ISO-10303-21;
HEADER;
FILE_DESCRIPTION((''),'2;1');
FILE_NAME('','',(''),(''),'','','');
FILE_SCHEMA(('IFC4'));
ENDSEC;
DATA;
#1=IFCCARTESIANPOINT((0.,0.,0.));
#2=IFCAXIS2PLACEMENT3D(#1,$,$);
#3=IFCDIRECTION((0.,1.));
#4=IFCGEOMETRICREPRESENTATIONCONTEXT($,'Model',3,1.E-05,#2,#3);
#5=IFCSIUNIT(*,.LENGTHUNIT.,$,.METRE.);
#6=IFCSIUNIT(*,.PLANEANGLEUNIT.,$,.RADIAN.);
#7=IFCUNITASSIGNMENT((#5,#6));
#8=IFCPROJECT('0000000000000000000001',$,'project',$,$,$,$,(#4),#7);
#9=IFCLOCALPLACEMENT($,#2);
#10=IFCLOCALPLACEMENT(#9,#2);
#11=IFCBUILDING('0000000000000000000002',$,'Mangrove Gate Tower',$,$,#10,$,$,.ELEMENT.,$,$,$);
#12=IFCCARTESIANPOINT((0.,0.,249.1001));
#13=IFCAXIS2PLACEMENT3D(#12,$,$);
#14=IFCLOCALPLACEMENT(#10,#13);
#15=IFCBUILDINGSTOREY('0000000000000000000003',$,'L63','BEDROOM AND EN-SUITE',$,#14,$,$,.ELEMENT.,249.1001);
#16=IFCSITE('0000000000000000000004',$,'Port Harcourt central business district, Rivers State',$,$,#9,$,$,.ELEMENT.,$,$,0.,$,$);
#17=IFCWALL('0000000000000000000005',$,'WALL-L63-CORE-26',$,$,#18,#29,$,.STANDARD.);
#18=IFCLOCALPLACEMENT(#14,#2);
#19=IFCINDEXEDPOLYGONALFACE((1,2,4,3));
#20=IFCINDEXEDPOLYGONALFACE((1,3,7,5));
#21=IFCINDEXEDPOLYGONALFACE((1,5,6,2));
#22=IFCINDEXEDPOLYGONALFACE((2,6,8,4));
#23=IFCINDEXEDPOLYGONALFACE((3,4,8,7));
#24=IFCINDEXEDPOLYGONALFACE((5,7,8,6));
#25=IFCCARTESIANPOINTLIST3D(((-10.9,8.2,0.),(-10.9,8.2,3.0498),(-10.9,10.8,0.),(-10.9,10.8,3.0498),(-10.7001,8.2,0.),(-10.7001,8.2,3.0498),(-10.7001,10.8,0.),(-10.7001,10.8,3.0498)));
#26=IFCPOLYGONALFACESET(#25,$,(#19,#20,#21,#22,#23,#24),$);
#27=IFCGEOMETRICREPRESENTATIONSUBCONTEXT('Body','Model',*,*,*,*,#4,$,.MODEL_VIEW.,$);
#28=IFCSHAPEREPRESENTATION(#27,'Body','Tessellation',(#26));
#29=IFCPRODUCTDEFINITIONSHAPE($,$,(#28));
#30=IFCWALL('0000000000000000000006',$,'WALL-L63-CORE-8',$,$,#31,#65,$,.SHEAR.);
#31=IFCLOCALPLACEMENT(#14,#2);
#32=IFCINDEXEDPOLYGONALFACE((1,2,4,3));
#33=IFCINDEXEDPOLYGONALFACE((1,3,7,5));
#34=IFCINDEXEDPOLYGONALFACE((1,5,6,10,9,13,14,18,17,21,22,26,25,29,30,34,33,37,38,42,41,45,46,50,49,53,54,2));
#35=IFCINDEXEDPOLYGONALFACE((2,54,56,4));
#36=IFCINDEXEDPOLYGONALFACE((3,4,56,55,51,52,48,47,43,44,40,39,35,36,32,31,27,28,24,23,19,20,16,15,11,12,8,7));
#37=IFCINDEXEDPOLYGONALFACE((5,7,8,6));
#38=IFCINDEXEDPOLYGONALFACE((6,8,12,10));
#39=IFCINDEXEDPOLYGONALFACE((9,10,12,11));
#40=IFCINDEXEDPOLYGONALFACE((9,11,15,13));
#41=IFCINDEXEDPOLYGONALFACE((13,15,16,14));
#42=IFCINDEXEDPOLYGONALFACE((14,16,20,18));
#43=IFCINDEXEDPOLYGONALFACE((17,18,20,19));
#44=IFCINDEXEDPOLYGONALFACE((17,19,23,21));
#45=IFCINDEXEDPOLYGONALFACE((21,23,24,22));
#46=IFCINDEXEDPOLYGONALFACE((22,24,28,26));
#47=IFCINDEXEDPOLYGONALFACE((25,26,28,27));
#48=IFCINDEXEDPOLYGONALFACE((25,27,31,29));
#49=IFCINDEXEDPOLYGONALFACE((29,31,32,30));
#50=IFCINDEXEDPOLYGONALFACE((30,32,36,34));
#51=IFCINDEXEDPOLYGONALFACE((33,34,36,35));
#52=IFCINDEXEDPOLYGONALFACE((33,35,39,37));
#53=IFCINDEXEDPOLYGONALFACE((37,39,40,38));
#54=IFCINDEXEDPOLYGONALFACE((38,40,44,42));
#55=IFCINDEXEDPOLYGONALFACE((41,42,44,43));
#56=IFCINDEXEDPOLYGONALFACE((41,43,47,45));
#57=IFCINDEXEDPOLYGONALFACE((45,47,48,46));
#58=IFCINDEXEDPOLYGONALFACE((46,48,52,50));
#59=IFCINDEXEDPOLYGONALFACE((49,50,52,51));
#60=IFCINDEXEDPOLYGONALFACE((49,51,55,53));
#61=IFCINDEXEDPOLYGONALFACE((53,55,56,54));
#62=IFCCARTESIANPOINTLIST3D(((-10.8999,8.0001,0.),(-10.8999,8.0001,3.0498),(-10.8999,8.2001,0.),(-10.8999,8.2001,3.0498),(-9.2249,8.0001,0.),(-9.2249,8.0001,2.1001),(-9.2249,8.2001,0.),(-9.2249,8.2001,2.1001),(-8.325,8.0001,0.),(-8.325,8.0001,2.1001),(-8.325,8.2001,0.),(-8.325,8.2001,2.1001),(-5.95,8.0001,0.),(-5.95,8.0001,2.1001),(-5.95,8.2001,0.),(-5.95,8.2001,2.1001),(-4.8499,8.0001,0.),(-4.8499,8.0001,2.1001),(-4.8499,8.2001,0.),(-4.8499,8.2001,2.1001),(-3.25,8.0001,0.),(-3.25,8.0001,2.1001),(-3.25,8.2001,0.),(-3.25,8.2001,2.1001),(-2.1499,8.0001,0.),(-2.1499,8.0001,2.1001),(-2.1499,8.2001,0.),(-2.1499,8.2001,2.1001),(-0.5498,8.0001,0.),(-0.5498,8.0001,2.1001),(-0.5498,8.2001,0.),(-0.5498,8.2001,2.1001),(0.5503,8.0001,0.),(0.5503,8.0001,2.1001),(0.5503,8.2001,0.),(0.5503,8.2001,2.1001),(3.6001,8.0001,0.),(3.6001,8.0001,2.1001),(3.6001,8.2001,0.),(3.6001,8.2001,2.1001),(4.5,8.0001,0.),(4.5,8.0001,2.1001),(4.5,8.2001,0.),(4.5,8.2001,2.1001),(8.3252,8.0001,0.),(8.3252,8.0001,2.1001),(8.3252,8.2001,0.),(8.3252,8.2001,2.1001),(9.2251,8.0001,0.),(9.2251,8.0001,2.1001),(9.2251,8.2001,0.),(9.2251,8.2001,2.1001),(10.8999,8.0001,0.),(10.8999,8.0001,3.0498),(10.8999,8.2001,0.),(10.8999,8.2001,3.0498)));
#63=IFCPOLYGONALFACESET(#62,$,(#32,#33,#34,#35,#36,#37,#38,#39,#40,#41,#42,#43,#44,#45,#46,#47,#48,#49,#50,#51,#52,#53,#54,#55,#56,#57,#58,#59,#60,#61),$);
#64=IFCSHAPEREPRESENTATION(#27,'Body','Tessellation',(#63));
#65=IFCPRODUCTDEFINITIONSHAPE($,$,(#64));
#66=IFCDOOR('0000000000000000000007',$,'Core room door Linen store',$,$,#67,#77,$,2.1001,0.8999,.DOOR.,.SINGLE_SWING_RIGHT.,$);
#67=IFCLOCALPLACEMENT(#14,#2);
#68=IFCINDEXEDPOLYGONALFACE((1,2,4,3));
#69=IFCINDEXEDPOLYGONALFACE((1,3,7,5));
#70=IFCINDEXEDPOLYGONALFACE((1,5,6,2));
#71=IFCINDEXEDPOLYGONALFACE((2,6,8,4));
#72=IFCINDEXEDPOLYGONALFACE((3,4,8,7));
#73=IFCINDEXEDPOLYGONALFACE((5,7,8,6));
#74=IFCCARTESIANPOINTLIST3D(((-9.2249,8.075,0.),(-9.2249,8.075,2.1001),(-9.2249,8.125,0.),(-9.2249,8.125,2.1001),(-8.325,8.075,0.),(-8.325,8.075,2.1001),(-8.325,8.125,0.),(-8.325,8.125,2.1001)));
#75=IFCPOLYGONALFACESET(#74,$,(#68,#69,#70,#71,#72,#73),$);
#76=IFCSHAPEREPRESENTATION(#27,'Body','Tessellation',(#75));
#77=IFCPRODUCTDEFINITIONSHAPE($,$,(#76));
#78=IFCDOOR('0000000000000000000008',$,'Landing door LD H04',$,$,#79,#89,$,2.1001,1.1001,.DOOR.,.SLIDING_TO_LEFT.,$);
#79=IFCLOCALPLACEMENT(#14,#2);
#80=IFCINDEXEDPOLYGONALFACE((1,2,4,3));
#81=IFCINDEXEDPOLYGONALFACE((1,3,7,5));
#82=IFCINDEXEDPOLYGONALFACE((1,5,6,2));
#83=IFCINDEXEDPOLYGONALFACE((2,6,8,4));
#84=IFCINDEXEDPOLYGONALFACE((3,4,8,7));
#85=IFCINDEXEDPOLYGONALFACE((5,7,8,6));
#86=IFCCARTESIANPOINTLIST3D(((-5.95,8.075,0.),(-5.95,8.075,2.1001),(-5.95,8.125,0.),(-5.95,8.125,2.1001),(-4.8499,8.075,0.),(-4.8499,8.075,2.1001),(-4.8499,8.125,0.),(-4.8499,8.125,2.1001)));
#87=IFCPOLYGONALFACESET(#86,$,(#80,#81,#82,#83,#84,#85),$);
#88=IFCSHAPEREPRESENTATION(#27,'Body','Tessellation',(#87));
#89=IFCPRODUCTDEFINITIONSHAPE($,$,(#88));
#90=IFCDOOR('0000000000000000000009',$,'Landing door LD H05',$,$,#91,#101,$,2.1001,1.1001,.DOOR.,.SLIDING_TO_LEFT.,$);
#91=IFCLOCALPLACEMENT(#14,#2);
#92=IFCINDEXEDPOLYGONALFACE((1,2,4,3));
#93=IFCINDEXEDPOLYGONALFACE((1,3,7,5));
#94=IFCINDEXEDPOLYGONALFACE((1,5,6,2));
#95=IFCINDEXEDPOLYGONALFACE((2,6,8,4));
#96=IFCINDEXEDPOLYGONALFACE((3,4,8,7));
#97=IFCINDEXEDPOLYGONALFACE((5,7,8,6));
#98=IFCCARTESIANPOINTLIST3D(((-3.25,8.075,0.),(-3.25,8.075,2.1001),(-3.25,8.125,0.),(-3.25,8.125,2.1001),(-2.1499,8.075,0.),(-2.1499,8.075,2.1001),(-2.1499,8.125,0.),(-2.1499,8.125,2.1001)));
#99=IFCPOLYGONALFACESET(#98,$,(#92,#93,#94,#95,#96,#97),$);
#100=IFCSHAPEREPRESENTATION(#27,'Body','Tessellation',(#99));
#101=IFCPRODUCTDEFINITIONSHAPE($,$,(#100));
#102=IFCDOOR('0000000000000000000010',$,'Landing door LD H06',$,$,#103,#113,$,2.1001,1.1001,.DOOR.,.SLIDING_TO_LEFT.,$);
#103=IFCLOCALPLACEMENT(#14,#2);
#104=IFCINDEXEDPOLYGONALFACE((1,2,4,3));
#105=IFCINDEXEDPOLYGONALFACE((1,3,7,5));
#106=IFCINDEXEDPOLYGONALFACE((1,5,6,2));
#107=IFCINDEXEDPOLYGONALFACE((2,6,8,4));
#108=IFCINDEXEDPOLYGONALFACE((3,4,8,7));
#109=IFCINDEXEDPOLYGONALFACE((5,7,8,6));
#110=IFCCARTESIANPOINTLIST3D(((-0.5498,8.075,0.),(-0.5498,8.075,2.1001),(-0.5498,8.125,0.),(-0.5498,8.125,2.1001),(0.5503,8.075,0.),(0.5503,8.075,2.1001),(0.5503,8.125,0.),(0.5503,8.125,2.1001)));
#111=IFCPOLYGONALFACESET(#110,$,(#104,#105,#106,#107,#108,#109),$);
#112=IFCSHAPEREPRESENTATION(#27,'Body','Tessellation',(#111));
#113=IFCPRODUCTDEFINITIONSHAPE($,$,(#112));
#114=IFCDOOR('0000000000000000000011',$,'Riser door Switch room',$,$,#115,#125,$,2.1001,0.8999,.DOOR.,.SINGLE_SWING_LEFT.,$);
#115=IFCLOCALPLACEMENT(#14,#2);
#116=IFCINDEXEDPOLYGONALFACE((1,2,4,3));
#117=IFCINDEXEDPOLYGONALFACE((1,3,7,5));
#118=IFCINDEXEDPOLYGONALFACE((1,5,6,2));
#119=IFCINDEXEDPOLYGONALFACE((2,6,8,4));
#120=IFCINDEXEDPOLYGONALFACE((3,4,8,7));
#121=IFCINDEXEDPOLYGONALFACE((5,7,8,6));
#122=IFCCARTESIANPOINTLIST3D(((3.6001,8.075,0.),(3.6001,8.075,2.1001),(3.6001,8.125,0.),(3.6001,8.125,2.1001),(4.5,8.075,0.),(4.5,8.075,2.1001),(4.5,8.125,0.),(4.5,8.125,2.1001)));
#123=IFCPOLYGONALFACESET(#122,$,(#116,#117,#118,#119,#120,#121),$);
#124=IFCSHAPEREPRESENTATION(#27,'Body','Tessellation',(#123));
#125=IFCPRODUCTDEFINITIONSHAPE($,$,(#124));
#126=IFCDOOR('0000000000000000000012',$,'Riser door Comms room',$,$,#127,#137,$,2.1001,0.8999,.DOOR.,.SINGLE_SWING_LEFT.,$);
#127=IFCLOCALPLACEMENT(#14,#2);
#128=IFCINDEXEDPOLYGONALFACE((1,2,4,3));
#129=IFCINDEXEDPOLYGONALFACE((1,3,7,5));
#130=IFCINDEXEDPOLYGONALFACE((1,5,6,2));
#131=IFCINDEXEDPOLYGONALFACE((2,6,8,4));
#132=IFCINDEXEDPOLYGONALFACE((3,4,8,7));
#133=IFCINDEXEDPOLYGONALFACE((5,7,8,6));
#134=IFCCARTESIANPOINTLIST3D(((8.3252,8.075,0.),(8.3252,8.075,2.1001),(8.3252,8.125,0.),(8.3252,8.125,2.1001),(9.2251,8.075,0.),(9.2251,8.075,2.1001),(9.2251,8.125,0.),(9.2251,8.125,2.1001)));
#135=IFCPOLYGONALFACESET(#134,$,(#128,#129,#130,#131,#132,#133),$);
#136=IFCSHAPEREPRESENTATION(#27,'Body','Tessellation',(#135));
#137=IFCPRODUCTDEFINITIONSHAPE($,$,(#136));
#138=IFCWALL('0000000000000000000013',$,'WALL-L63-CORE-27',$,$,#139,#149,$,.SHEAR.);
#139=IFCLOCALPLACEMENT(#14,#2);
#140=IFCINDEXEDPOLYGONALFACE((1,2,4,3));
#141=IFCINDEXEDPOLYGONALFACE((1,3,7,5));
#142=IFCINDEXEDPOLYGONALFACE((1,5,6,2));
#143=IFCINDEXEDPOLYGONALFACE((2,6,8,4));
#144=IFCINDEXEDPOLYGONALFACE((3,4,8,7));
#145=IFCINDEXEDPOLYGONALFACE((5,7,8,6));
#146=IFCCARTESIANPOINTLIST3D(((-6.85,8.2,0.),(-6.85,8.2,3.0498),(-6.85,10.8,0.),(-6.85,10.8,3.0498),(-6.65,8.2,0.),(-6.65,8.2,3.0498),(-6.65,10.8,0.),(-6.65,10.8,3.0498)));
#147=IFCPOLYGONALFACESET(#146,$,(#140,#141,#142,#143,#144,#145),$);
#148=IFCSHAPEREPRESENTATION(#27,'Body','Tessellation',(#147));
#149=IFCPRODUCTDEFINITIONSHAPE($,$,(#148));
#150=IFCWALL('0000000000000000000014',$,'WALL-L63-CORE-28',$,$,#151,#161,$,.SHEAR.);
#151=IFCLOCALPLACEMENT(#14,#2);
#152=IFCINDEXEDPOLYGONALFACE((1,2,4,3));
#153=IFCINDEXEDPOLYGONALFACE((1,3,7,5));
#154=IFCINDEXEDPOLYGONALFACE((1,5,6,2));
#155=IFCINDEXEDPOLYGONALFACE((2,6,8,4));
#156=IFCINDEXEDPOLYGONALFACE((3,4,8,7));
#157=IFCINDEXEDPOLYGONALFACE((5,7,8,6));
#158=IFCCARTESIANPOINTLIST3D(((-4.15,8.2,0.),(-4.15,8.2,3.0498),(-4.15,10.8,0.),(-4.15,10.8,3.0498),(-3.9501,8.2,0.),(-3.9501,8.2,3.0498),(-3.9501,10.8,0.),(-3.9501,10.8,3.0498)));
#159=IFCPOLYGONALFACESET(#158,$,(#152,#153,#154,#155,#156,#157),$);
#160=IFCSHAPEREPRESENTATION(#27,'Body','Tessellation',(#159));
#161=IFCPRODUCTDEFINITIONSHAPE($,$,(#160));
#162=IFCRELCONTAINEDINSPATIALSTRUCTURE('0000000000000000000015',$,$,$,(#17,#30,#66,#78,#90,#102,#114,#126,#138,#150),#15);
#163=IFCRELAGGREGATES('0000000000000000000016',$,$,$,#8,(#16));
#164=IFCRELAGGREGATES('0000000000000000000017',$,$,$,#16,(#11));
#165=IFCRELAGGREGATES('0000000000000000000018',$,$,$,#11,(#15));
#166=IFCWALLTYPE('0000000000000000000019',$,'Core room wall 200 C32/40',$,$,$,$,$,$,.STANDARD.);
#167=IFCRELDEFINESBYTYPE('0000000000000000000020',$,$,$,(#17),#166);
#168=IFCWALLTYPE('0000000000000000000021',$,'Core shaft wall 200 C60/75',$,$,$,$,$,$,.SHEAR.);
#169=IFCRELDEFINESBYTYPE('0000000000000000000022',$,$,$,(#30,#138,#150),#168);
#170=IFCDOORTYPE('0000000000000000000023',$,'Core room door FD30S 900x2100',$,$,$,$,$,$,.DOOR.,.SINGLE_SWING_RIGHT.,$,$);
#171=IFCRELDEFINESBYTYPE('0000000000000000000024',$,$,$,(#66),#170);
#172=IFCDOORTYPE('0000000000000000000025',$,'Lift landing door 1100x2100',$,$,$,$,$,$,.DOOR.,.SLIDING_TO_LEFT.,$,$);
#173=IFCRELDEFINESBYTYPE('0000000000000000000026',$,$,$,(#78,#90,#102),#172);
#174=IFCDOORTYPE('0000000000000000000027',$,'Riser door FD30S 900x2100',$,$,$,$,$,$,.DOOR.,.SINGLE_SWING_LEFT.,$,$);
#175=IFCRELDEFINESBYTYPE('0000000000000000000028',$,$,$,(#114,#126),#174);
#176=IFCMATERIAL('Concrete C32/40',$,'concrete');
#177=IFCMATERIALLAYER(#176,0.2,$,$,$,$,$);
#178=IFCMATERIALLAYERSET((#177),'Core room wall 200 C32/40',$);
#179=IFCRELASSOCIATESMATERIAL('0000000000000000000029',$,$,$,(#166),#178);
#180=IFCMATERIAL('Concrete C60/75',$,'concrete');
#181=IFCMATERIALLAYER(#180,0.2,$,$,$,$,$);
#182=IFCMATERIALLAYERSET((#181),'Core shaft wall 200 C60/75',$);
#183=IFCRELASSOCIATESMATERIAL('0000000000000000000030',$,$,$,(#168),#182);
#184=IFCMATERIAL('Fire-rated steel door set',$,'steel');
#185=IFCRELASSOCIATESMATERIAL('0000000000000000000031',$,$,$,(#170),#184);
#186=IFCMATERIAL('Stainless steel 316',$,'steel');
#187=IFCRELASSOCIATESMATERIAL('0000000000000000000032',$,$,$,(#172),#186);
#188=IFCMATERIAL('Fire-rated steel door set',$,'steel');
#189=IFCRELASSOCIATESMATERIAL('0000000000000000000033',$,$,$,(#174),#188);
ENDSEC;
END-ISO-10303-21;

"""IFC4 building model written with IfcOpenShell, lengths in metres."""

from ifc_helpers import new_model, si_unit, direction, frame, frame_2d, origin, place, context, subcontext, project, spatial, rectangle, extrude, material, layer, layer_set, type_object, element, fill, save


model = new_model("IFC4")

# Units and contexts
model_context = context("Model", 3, precision=1e-05, world=origin(), true_north=direction((0.0, 1.0)))
body_context = subcontext(model_context, "Body", "Model", "MODEL_VIEW")
ifc_project = project(units=[si_unit("LENGTHUNIT", "METRE"), si_unit("PLANEANGLEUNIT", "RADIAN")], contexts=[model_context])

# Site, building, storey
site_placement = place(None, origin())
site = spatial("IfcSite", under=ifc_project, at=site_placement, Name="Port Harcourt central business district, Rivers State", CompositionType="ELEMENT", RefElevation=0.0)
building_placement = place(site_placement, origin())
building = spatial("IfcBuilding", under=site, at=building_placement, Name="Mangrove Gate Tower", CompositionType="ELEMENT")
storey_placement = place(building_placement, frame((0.0, 0.0, 249.1001)))
storey = spatial("IfcBuildingStorey", under=building, at=storey_placement, Name="L63", Description="BEDROOM AND EN-SUITE", CompositionType="ELEMENT", Elevation=249.1001)

# Wall
ifc_material_1 = material(Name="Concrete C32/40", Category="concrete")
ifc_layer_1 = layer(ifc_material_1, 0.2)
ifc_layer_set_1 = layer_set([ifc_layer_1], Name="Core room wall 200 C32/40")
wall_type_1 = type_object("IfcWallType", Name="Core room wall 200 C32/40", PredefinedType="STANDARD", material=ifc_layer_set_1)
wall_1_placement = place(storey_placement, frame((-10.8, 8.2, 0.0), z_axis=(0.0, 0.0, 1.0), x_axis=(0.0, 1.0, 0.0)))
element("IfcWall", 1, at=wall_1_placement, inside=storey, type_object=wall_type_1, Name="WALL-L63-CORE-26", PredefinedType="STANDARD", context=body_context, shape_type="SweptSolid", body=[
    extrude(rectangle(XDim=2.6001, YDim=0.2, at=frame_2d((1.3, 0.0))), origin(), (0.0, 0.0, 1.0), 3.0498),
])

# Wall, openings, doors
ifc_material_2 = material(Name="Concrete C60/75", Category="concrete")
ifc_layer_2 = layer(ifc_material_2, 0.2)
ifc_layer_set_2 = layer_set([ifc_layer_2], Name="Core shaft wall 200 C60/75")
wall_type_2 = type_object("IfcWallType", Name="Core shaft wall 200 C60/75", PredefinedType="SHEAR", material=ifc_layer_set_2)
wall_2_placement = place(storey_placement, frame((-10.8999, 8.1001, 0.0), z_axis=(0.0, 0.0, 1.0), x_axis=(1.0, 0.0, 0.0)))
wall_2 = element("IfcWall", 2, at=wall_2_placement, inside=storey, type_object=wall_type_2, Name="WALL-L63-CORE-8", PredefinedType="SHEAR", context=body_context, shape_type="SweptSolid", body=[
    extrude(rectangle(XDim=21.7998, YDim=0.2, at=frame_2d((10.8999, 0.0))), origin(), (0.0, 0.0, 1.0), 3.0498),
])
opening_1_placement = place(wall_2_placement, frame((4.95, 0.0, 0.0)))
opening_1 = element("IfcOpeningElement", 3, at=opening_1_placement, cuts=wall_2, PredefinedType="OPENING", context=body_context, shape_type="SweptSolid", body=[
    extrude(rectangle(XDim=1.1001, YDim=2.1001, at=frame_2d((0.55, 1.05))), frame((0.0, 0.1099, 0.0), z_axis=(0.0, -1.0, 0.0), x_axis=(1.0, 0.0, 0.0)), (0.0, 0.0, 1.0), 0.22),
])
opening_2_placement = place(wall_2_placement, frame((7.6499, 0.0, 0.0)))
opening_2 = element("IfcOpeningElement", 4, at=opening_2_placement, cuts=wall_2, PredefinedType="OPENING", context=body_context, shape_type="SweptSolid", body=[
    extrude(rectangle(XDim=1.1001, YDim=2.1001, at=frame_2d((0.55, 1.05))), frame((0.0, 0.1099, 0.0), z_axis=(0.0, -1.0, 0.0), x_axis=(1.0, 0.0, 0.0)), (0.0, 0.0, 1.0), 0.22),
])
opening_3_placement = place(wall_2_placement, frame((10.3501, 0.0, 0.0)))
opening_3 = element("IfcOpeningElement", 5, at=opening_3_placement, cuts=wall_2, PredefinedType="OPENING", context=body_context, shape_type="SweptSolid", body=[
    extrude(rectangle(XDim=1.1001, YDim=2.1001, at=frame_2d((0.55, 1.05))), frame((0.0, 0.1099, 0.0), z_axis=(0.0, -1.0, 0.0), x_axis=(1.0, 0.0, 0.0)), (0.0, 0.0, 1.0), 0.22),
])
opening_4_placement = place(wall_2_placement, frame((1.675, 0.0, 0.0)))
opening_4 = element("IfcOpeningElement", 6, at=opening_4_placement, cuts=wall_2, PredefinedType="OPENING", context=body_context, shape_type="SweptSolid", body=[
    extrude(rectangle(XDim=0.8999, YDim=2.1001, at=frame_2d((0.45, 1.05))), frame((0.0, 0.1099, 0.0), z_axis=(0.0, -1.0, 0.0), x_axis=(1.0, 0.0, 0.0)), (0.0, 0.0, 1.0), 0.22),
])
opening_5_placement = place(wall_2_placement, frame((14.5, 0.0, 0.0)))
opening_5 = element("IfcOpeningElement", 7, at=opening_5_placement, cuts=wall_2, PredefinedType="OPENING", context=body_context, shape_type="SweptSolid", body=[
    extrude(rectangle(XDim=0.8999, YDim=2.1001, at=frame_2d((0.45, 1.05))), frame((0.0, 0.1099, 0.0), z_axis=(0.0, -1.0, 0.0), x_axis=(1.0, 0.0, 0.0)), (0.0, 0.0, 1.0), 0.22),
])
opening_6_placement = place(wall_2_placement, frame((19.2251, 0.0, 0.0)))
opening_6 = element("IfcOpeningElement", 8, at=opening_6_placement, cuts=wall_2, PredefinedType="OPENING", context=body_context, shape_type="SweptSolid", body=[
    extrude(rectangle(XDim=0.8999, YDim=2.1001, at=frame_2d((0.45, 1.05))), frame((0.0, 0.1099, 0.0), z_axis=(0.0, -1.0, 0.0), x_axis=(1.0, 0.0, 0.0)), (0.0, 0.0, 1.0), 0.22),
])
ifc_material_3 = material(Name="Fire-rated steel door set", Category="steel")
door_type_1 = type_object("IfcDoorType", Name="Core room door FD30S 900x2100", OperationType="SINGLE_SWING_RIGHT", PredefinedType="DOOR", material=ifc_material_3)
door_1_placement = place(opening_4_placement, origin())
door_1 = element("IfcDoor", 9, at=door_1_placement, inside=storey, type_object=door_type_1, Name="Core room door Linen store", OperationType="SINGLE_SWING_RIGHT", OverallHeight=2.1001, OverallWidth=0.8999, PredefinedType="DOOR", context=body_context, shape_type="SweptSolid", body=[
    extrude(rectangle(XDim=0.8999, YDim=2.1001, at=frame_2d((0.45, 1.05))), frame((0.0, 0.0249, 0.0), z_axis=(0.0, -1.0, 0.0), x_axis=(1.0, 0.0, 0.0)), (0.0, 0.0, 1.0), 0.05),
])
fill(opening_4, door_1)
ifc_material_4 = material(Name="Stainless steel 316", Category="steel")
door_type_2 = type_object("IfcDoorType", Name="Lift landing door 1100x2100", OperationType="SLIDING_TO_LEFT", PredefinedType="DOOR", material=ifc_material_4)
door_2_placement = place(opening_1_placement, origin())
door_2 = element("IfcDoor", 10, at=door_2_placement, inside=storey, type_object=door_type_2, Name="Landing door LD H04", OperationType="SLIDING_TO_LEFT", OverallHeight=2.1001, OverallWidth=1.1001, PredefinedType="DOOR", context=body_context, shape_type="SweptSolid", body=[
    extrude(rectangle(XDim=1.1001, YDim=2.1001, at=frame_2d((0.55, 1.05))), frame((0.0, 0.0249, 0.0), z_axis=(0.0, -1.0, 0.0), x_axis=(1.0, 0.0, 0.0)), (0.0, 0.0, 1.0), 0.05),
])
fill(opening_1, door_2)
door_3_placement = place(opening_2_placement, origin())
door_3 = element("IfcDoor", 11, at=door_3_placement, inside=storey, type_object=door_type_2, Name="Landing door LD H05", OperationType="SLIDING_TO_LEFT", OverallHeight=2.1001, OverallWidth=1.1001, PredefinedType="DOOR", context=body_context, shape_type="SweptSolid", body=[
    extrude(rectangle(XDim=1.1001, YDim=2.1001, at=frame_2d((0.55, 1.05))), frame((0.0, 0.0249, 0.0), z_axis=(0.0, -1.0, 0.0), x_axis=(1.0, 0.0, 0.0)), (0.0, 0.0, 1.0), 0.05),
])
fill(opening_2, door_3)
door_4_placement = place(opening_3_placement, origin())
door_4 = element("IfcDoor", 12, at=door_4_placement, inside=storey, type_object=door_type_2, Name="Landing door LD H06", OperationType="SLIDING_TO_LEFT", OverallHeight=2.1001, OverallWidth=1.1001, PredefinedType="DOOR", context=body_context, shape_type="SweptSolid", body=[
    extrude(rectangle(XDim=1.1001, YDim=2.1001, at=frame_2d((0.55, 1.05))), frame((0.0, 0.0249, 0.0), z_axis=(0.0, -1.0, 0.0), x_axis=(1.0, 0.0, 0.0)), (0.0, 0.0, 1.0), 0.05),
])
fill(opening_3, door_4)
ifc_material_5 = material(Name="Fire-rated steel door set", Category="steel")
door_type_3 = type_object("IfcDoorType", Name="Riser door FD30S 900x2100", OperationType="SINGLE_SWING_LEFT", PredefinedType="DOOR", material=ifc_material_5)
door_5_placement = place(opening_5_placement, origin())
door_5 = element("IfcDoor", 13, at=door_5_placement, inside=storey, type_object=door_type_3, Name="Riser door Switch room", OperationType="SINGLE_SWING_LEFT", OverallHeight=2.1001, OverallWidth=0.8999, PredefinedType="DOOR", context=body_context, shape_type="SweptSolid", body=[
    extrude(rectangle(XDim=0.8999, YDim=2.1001, at=frame_2d((0.45, 1.05))), frame((0.0, 0.0249, 0.0), z_axis=(0.0, -1.0, 0.0), x_axis=(1.0, 0.0, 0.0)), (0.0, 0.0, 1.0), 0.05),
])
fill(opening_5, door_5)
door_6_placement = place(opening_6_placement, origin())
door_6 = element("IfcDoor", 14, at=door_6_placement, inside=storey, type_object=door_type_3, Name="Riser door Comms room", OperationType="SINGLE_SWING_LEFT", OverallHeight=2.1001, OverallWidth=0.8999, PredefinedType="DOOR", context=body_context, shape_type="SweptSolid", body=[
    extrude(rectangle(XDim=0.8999, YDim=2.1001, at=frame_2d((0.45, 1.05))), frame((0.0, 0.0249, 0.0), z_axis=(0.0, -1.0, 0.0), x_axis=(1.0, 0.0, 0.0)), (0.0, 0.0, 1.0), 0.05),
])
fill(opening_6, door_6)

# Walls
for number, where, z_axis, x_axis, name in (
    (15, (-6.75, 8.2, 0.0), (0.0, 0.0, 1.0), (0.0, 1.0, 0.0), "WALL-L63-CORE-27"),
    (16, (-4.05, 8.2, 0.0), (0.0, 0.0, 1.0), (0.0, 1.0, 0.0), "WALL-L63-CORE-28"),
):
    element("IfcWall", number, at=place(storey_placement, frame(where, z_axis=z_axis, x_axis=x_axis)), inside=storey, type_object=wall_type_2, Name=name, PredefinedType="SHEAR", context=body_context, shape_type="SweptSolid", body=[
        extrude(rectangle(XDim=2.6001, YDim=0.2, at=frame_2d((1.3, 0.0))), origin(), (0.0, 0.0, 1.0), 3.0498),
    ])

save(model, "model.ifc")
